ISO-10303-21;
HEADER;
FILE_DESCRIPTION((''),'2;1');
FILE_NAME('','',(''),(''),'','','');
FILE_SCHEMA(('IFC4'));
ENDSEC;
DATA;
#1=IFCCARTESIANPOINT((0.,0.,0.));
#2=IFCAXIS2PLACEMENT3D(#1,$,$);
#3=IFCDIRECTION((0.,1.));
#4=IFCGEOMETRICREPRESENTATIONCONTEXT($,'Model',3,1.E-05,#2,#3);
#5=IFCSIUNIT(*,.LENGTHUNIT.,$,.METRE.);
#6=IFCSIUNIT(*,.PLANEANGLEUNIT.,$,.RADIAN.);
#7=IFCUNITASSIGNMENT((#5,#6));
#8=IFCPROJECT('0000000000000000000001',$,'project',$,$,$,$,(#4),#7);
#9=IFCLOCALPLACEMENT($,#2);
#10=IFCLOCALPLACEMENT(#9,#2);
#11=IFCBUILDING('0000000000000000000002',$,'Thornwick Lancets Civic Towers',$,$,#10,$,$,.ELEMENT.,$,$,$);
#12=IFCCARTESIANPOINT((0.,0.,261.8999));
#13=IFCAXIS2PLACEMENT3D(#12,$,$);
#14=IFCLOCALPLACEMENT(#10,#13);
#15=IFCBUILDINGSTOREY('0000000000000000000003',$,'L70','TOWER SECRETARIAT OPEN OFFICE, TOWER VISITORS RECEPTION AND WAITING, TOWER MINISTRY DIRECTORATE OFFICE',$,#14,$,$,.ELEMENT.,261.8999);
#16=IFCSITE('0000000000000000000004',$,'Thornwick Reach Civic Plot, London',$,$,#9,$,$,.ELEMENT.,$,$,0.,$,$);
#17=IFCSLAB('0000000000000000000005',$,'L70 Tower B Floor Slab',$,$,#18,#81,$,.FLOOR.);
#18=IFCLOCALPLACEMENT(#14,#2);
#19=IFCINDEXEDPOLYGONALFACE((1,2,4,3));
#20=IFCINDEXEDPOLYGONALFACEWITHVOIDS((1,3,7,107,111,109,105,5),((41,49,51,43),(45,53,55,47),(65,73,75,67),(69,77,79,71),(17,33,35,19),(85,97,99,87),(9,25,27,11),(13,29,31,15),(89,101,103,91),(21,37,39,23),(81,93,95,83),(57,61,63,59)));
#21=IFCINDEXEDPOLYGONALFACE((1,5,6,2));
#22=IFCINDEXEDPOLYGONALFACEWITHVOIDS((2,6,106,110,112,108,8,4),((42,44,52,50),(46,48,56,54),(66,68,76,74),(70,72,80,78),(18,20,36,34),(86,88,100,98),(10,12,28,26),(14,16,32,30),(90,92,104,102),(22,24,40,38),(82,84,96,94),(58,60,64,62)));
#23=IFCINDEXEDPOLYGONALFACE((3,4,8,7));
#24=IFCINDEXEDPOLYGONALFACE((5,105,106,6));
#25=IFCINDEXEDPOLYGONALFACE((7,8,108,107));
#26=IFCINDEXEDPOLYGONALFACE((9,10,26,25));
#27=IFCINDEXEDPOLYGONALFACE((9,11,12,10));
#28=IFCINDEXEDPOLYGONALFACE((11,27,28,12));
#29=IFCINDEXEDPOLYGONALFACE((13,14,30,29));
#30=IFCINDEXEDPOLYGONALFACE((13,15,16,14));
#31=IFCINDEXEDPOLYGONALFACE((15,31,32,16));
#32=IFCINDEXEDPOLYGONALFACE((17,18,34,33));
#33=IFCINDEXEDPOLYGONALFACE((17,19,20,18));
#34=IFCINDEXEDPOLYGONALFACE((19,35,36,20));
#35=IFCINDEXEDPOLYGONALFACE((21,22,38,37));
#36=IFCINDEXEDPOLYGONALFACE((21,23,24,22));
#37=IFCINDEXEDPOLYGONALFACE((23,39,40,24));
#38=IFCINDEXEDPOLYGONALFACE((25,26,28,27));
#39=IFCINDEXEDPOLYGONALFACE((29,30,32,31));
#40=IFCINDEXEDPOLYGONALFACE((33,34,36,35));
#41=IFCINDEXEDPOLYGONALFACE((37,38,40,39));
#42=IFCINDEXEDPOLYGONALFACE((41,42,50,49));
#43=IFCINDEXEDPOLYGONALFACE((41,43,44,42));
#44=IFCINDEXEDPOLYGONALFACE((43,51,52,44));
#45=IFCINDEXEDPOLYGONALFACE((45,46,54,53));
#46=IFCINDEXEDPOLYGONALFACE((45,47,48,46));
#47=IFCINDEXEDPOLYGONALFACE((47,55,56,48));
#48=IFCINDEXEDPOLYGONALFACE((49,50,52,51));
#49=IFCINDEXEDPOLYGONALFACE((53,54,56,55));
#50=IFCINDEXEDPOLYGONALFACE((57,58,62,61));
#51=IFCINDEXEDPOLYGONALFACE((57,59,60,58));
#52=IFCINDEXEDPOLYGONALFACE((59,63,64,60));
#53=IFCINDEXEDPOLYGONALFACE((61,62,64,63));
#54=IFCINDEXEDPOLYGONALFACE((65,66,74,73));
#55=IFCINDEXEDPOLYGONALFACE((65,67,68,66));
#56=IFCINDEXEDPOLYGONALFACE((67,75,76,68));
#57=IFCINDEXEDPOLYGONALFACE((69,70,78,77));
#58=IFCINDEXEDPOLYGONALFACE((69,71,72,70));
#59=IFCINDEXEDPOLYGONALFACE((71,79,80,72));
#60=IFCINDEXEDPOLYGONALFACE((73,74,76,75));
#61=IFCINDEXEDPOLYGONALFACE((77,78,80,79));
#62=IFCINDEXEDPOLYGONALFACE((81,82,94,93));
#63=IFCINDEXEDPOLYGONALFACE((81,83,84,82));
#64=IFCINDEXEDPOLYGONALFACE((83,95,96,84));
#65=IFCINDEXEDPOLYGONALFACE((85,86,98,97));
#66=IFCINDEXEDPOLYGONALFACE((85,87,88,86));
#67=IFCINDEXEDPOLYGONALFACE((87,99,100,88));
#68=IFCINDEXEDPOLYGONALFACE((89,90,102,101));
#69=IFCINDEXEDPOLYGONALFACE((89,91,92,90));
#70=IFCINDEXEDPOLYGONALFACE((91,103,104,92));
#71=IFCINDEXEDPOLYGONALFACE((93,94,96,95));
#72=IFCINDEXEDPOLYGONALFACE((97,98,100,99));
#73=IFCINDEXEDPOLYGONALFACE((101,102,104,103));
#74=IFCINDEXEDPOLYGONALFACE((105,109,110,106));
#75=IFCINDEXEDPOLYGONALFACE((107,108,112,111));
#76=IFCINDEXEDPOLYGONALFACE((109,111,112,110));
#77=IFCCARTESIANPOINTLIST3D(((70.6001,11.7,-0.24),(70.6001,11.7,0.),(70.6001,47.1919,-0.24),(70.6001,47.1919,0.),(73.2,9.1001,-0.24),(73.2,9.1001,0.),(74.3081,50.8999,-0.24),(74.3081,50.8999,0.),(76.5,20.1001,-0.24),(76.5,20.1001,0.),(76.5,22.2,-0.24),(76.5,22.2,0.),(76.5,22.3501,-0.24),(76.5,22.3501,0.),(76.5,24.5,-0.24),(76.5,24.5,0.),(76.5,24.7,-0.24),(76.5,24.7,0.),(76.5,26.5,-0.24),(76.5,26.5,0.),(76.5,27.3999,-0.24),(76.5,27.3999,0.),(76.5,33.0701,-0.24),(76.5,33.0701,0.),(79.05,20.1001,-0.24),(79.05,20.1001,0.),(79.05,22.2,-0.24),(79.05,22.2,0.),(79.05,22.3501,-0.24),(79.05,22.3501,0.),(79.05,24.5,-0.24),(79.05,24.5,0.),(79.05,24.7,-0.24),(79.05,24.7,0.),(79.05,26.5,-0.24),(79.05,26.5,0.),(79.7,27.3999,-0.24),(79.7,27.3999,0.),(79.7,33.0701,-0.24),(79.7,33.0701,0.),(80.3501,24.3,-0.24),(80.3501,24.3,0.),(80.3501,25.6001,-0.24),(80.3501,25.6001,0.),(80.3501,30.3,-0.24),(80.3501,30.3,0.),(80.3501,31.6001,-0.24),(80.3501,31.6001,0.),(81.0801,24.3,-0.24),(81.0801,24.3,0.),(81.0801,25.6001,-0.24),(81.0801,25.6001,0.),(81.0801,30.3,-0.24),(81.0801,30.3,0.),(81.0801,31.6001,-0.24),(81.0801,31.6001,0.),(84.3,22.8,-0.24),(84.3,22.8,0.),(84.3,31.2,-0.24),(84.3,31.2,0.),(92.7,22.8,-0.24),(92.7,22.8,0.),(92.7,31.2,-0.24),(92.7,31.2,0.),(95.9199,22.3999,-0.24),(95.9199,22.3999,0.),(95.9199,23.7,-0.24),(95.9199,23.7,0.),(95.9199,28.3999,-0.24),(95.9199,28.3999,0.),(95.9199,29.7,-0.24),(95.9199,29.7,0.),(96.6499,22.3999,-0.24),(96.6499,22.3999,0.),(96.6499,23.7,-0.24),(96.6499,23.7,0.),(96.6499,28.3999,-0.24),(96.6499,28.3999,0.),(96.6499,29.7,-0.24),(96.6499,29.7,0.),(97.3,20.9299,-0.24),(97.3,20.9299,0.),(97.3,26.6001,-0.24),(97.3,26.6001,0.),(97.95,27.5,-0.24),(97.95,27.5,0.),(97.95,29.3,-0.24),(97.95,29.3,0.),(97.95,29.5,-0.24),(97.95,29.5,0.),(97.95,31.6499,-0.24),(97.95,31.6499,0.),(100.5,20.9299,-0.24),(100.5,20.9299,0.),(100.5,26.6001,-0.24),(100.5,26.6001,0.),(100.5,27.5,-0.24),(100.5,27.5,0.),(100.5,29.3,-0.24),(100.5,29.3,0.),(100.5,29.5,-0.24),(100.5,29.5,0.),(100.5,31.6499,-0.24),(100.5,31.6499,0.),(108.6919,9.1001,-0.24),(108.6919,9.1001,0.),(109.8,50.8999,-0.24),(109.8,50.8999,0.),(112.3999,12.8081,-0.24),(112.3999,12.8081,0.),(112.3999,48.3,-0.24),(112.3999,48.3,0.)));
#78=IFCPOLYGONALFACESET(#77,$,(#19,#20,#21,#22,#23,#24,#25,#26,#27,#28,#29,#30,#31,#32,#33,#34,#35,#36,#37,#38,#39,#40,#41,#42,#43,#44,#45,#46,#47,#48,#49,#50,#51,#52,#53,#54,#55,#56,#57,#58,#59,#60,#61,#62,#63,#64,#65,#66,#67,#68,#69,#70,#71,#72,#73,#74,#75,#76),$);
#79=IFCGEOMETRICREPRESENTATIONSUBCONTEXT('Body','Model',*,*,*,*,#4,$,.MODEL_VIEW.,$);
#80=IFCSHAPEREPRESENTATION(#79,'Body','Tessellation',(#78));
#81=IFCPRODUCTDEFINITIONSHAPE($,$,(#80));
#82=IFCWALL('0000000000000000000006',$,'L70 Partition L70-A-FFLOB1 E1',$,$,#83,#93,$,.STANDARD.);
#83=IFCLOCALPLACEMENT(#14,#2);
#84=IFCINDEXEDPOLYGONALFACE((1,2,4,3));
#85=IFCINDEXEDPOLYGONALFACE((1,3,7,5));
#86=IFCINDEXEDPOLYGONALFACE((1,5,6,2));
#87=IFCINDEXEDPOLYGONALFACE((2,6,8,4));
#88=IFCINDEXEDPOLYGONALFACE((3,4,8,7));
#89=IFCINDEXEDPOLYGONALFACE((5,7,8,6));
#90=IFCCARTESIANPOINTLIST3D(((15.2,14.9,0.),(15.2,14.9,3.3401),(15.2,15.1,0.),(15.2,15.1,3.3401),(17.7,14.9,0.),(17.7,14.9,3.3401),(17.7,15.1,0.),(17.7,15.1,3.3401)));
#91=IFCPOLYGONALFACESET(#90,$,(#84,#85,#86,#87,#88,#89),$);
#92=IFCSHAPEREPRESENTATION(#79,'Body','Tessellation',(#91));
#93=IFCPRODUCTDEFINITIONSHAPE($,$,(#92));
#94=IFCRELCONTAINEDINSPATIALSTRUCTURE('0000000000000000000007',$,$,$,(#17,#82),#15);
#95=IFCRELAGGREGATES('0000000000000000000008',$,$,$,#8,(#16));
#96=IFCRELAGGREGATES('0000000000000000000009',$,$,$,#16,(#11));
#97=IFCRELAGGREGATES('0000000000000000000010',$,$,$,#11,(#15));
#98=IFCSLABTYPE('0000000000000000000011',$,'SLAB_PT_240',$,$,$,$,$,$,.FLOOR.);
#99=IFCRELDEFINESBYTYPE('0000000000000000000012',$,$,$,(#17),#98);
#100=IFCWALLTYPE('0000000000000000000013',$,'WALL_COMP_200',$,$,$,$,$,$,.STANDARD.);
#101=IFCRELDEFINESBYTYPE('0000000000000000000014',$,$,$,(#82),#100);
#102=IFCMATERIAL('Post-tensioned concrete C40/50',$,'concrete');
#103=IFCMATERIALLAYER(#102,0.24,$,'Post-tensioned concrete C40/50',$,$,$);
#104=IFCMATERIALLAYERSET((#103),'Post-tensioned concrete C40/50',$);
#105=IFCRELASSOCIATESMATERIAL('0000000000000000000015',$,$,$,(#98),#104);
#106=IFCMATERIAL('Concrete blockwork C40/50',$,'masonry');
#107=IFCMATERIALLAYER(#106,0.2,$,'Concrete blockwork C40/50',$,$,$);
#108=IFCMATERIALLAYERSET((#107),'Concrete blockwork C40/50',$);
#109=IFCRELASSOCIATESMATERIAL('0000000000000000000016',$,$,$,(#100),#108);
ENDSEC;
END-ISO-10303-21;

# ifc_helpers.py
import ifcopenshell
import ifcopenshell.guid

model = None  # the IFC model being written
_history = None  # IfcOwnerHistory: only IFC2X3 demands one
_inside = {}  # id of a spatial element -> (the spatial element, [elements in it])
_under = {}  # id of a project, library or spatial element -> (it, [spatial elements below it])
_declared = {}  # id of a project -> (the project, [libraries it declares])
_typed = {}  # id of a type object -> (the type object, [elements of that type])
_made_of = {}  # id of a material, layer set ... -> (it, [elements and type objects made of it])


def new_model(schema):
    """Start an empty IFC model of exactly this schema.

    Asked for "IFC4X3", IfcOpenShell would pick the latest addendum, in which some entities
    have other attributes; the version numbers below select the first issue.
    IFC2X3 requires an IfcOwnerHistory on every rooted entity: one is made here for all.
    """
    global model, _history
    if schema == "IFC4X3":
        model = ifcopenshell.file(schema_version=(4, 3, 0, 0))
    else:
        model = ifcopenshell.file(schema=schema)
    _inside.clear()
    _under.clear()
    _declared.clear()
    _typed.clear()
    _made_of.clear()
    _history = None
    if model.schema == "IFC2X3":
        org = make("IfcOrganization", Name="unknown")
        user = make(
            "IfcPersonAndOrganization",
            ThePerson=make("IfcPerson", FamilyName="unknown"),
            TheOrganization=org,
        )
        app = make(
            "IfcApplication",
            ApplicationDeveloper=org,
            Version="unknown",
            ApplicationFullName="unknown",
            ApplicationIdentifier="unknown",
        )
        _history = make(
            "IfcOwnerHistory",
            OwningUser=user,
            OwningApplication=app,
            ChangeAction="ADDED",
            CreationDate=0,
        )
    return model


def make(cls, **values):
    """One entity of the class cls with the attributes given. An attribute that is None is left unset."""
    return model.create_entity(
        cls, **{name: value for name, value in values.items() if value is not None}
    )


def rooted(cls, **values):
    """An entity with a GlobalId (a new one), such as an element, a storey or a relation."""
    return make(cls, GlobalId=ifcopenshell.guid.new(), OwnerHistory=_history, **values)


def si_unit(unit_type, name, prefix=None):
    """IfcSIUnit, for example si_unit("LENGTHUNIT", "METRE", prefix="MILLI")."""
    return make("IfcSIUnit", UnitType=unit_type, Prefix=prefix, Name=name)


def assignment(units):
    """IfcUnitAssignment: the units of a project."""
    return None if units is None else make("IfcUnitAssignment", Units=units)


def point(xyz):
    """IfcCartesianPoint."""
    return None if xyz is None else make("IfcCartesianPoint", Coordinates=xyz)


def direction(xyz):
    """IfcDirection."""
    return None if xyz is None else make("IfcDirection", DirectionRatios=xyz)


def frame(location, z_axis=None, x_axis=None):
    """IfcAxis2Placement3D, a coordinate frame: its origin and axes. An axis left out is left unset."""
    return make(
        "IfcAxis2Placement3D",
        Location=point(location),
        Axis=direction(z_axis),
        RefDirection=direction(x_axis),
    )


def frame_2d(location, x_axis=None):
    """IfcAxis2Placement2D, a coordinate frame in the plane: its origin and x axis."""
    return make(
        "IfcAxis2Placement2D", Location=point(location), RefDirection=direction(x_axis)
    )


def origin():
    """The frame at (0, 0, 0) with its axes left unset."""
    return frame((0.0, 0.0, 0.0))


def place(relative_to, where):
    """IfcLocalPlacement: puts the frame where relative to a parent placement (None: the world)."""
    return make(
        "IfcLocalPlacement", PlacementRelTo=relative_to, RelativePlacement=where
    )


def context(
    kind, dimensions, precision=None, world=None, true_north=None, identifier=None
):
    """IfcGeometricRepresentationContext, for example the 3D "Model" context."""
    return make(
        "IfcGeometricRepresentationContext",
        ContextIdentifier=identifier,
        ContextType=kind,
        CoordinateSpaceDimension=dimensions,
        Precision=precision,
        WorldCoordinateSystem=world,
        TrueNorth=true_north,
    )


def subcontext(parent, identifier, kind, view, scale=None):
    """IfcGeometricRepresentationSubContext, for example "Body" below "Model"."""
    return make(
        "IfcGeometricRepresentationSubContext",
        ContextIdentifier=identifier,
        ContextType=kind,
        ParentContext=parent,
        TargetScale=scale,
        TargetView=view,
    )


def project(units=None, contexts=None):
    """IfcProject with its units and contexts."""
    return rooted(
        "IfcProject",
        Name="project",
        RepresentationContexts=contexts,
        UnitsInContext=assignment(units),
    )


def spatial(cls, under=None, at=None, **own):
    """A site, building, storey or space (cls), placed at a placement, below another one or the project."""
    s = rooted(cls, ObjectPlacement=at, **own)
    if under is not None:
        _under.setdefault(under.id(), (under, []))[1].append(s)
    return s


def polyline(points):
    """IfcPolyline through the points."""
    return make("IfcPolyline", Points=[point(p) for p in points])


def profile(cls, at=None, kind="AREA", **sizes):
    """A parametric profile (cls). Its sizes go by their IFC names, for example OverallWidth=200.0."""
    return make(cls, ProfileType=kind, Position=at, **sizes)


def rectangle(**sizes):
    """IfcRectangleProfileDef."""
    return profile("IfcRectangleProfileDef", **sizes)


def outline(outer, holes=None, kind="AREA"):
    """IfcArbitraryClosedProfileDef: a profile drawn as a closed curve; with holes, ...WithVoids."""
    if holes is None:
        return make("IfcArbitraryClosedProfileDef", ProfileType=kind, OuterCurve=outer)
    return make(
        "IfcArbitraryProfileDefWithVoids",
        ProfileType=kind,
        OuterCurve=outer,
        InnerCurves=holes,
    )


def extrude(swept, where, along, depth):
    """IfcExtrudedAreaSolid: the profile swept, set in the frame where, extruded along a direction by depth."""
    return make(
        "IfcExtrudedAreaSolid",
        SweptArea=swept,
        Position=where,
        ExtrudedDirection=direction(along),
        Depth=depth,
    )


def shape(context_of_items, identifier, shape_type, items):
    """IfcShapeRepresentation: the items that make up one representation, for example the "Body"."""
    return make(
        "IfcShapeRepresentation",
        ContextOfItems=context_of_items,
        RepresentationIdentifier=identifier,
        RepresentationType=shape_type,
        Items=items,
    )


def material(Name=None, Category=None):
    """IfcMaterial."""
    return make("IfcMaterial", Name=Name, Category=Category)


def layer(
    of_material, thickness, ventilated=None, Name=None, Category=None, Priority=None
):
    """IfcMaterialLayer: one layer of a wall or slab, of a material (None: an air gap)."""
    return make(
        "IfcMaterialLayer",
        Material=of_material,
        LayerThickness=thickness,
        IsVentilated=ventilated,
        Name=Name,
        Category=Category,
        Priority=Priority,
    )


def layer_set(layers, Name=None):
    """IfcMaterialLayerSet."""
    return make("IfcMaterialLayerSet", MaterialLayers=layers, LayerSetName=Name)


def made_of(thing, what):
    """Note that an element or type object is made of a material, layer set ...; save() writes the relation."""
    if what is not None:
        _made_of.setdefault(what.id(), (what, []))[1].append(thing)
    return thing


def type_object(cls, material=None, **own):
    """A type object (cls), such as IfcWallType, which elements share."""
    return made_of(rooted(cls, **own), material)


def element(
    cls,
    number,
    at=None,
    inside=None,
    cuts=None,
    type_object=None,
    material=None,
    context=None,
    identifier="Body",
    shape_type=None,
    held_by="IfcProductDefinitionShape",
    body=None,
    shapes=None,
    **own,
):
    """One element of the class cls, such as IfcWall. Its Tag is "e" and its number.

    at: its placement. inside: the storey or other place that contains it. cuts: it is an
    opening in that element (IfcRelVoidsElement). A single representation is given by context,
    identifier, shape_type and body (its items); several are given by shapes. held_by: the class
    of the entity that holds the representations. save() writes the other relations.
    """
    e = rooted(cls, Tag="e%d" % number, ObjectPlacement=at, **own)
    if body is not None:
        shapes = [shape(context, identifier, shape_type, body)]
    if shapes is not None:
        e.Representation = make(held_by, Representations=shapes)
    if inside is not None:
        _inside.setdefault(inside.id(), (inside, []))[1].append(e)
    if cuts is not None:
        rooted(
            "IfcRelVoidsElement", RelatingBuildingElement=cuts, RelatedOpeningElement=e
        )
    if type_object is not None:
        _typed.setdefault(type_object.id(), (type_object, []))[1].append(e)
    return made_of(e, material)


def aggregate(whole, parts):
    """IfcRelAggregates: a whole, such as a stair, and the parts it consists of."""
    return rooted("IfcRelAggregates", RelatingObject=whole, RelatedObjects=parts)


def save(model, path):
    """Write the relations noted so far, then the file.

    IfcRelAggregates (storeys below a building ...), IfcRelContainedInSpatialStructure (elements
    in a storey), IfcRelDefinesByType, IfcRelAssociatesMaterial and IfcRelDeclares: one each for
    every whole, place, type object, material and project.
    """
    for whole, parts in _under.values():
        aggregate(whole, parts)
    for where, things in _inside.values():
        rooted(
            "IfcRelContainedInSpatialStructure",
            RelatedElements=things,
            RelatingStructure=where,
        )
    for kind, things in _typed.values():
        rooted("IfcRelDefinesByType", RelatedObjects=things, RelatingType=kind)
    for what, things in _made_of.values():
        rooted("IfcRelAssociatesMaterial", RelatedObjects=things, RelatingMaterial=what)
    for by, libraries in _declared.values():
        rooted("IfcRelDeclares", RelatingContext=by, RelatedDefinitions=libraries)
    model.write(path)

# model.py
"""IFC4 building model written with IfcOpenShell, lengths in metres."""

from ifc_helpers import new_model, si_unit, direction, frame, frame_2d, origin, place, context, subcontext, project, spatial, polyline, rectangle, outline, extrude, material, layer, layer_set, type_object, element, save


model = new_model("IFC4")

# Units and contexts
model_context = context("Model", 3, precision=1e-05, world=origin(), true_north=direction((0.0, 1.0)))
body_context = subcontext(model_context, "Body", "Model", "MODEL_VIEW")
ifc_project = project(units=[si_unit("LENGTHUNIT", "METRE"), si_unit("PLANEANGLEUNIT", "RADIAN")], contexts=[model_context])

# Site, building, storey
site_placement = place(None, origin())
site = spatial("IfcSite", under=ifc_project, at=site_placement, Name="Thornwick Reach Civic Plot, London", CompositionType="ELEMENT", RefElevation=0.0)
building_placement = place(site_placement, origin())
building = spatial("IfcBuilding", under=site, at=building_placement, Name="Thornwick Lancets Civic Towers", CompositionType="ELEMENT")
storey_placement = place(building_placement, frame((0.0, 0.0, 261.8999)))
storey = spatial("IfcBuildingStorey", under=building, at=storey_placement, Name="L70", Description="TOWER SECRETARIAT OPEN OFFICE, TOWER VISITORS RECEPTION AND WAITING, TOWER MINISTRY DIRECTORATE OFFICE", CompositionType="ELEMENT", Elevation=261.8999)

# Shared definitions
ifc_material_1 = material(Name="Post-tensioned concrete C40/50", Category="concrete")

# Slab
ifc_layer_1 = layer(ifc_material_1, 0.24, Name="Post-tensioned concrete C40/50")
ifc_layer_set_1 = layer_set([ifc_layer_1], Name="Post-tensioned concrete C40/50")
slab_type_1 = type_object("IfcSlabType", Name="SLAB_PT_240", PredefinedType="FLOOR", material=ifc_layer_set_1)
slab_1_placement = place(storey_placement, frame((0.0, 0.0, -0.24)))
element("IfcSlab", 1, at=slab_1_placement, inside=storey, type_object=slab_type_1, Name="L70 Tower B Floor Slab", PredefinedType="FLOOR", context=body_context, shape_type="SweptSolid", body=[
    extrude(outline(polyline([(73.2, 9.1001), (108.6919, 9.1001), (112.3999, 12.8081), (112.3999, 48.3), (109.8, 50.8999), (74.3081, 50.8999), (70.6001, 47.1919), (70.6001, 11.7), (73.2, 9.1001)]), holes=[polyline([(84.3, 22.8), (92.7, 22.8), (92.7, 31.2), (84.3, 31.2), (84.3, 22.8)]), polyline([(100.5, 20.9299), (100.5, 26.6001), (97.3, 26.6001), (97.3, 20.9299), (100.5, 20.9299)]), polyline([(76.5, 33.0701), (76.5, 27.3999), (79.7, 27.3999), (79.7, 33.0701), (76.5, 33.0701)]), polyline([(97.95, 27.5), (100.5, 27.5), (100.5, 29.3), (97.95, 29.3), (97.95, 27.5)]), polyline([(97.95, 29.5), (100.5, 29.5), (100.5, 31.6499), (97.95, 31.6499), (97.95, 29.5)]), polyline([(76.5, 24.7), (79.05, 24.7), (79.05, 26.5), (76.5, 26.5), (76.5, 24.7)]), polyline([(76.5, 22.3501), (79.05, 22.3501), (79.05, 24.5), (76.5, 24.5), (76.5, 22.3501)]), polyline([(76.5, 20.1001), (79.05, 20.1001), (79.05, 22.2), (76.5, 22.2), (76.5, 20.1001)]), polyline([(95.9199, 28.3999), (96.6499, 28.3999), (96.6499, 29.7), (95.9199, 29.7), (95.9199, 28.3999)]), polyline([(95.9199, 22.3999), (96.6499, 22.3999), (96.6499, 23.7), (95.9199, 23.7), (95.9199, 22.3999)]), polyline([(80.3501, 24.3), (81.0801, 24.3), (81.0801, 25.6001), (80.3501, 25.6001), (80.3501, 24.3)]), polyline([(80.3501, 30.3), (81.0801, 30.3), (81.0801, 31.6001), (80.3501, 31.6001), (80.3501, 30.3)])]), origin(), (0.0, 0.0, 1.0), 0.24),
])

# Wall
ifc_material_2 = material(Name="Concrete blockwork C40/50", Category="masonry")
ifc_layer_2 = layer(ifc_material_2, 0.2, Name="Concrete blockwork C40/50")
ifc_layer_set_2 = layer_set([ifc_layer_2], Name="Concrete blockwork C40/50")
wall_type_1 = type_object("IfcWallType", Name="WALL_COMP_200", PredefinedType="STANDARD", material=ifc_layer_set_2)
wall_1_placement = place(storey_placement, frame((15.2, 15.0, 0.0), z_axis=(0.0, 0.0, 1.0), x_axis=(1.0, 0.0, 0.0)))
element("IfcWall", 2, at=wall_1_placement, inside=storey, type_object=wall_type_1, Name="L70 Partition L70-A-FFLOB1 E1", PredefinedType="STANDARD", context=body_context, shape_type="SweptSolid", body=[
    extrude(rectangle(XDim=2.5, YDim=0.2, at=frame_2d((1.25, 0.0))), origin(), (0.0, 0.0, 1.0), 3.3401),
])

save(model, "model.ifc")
